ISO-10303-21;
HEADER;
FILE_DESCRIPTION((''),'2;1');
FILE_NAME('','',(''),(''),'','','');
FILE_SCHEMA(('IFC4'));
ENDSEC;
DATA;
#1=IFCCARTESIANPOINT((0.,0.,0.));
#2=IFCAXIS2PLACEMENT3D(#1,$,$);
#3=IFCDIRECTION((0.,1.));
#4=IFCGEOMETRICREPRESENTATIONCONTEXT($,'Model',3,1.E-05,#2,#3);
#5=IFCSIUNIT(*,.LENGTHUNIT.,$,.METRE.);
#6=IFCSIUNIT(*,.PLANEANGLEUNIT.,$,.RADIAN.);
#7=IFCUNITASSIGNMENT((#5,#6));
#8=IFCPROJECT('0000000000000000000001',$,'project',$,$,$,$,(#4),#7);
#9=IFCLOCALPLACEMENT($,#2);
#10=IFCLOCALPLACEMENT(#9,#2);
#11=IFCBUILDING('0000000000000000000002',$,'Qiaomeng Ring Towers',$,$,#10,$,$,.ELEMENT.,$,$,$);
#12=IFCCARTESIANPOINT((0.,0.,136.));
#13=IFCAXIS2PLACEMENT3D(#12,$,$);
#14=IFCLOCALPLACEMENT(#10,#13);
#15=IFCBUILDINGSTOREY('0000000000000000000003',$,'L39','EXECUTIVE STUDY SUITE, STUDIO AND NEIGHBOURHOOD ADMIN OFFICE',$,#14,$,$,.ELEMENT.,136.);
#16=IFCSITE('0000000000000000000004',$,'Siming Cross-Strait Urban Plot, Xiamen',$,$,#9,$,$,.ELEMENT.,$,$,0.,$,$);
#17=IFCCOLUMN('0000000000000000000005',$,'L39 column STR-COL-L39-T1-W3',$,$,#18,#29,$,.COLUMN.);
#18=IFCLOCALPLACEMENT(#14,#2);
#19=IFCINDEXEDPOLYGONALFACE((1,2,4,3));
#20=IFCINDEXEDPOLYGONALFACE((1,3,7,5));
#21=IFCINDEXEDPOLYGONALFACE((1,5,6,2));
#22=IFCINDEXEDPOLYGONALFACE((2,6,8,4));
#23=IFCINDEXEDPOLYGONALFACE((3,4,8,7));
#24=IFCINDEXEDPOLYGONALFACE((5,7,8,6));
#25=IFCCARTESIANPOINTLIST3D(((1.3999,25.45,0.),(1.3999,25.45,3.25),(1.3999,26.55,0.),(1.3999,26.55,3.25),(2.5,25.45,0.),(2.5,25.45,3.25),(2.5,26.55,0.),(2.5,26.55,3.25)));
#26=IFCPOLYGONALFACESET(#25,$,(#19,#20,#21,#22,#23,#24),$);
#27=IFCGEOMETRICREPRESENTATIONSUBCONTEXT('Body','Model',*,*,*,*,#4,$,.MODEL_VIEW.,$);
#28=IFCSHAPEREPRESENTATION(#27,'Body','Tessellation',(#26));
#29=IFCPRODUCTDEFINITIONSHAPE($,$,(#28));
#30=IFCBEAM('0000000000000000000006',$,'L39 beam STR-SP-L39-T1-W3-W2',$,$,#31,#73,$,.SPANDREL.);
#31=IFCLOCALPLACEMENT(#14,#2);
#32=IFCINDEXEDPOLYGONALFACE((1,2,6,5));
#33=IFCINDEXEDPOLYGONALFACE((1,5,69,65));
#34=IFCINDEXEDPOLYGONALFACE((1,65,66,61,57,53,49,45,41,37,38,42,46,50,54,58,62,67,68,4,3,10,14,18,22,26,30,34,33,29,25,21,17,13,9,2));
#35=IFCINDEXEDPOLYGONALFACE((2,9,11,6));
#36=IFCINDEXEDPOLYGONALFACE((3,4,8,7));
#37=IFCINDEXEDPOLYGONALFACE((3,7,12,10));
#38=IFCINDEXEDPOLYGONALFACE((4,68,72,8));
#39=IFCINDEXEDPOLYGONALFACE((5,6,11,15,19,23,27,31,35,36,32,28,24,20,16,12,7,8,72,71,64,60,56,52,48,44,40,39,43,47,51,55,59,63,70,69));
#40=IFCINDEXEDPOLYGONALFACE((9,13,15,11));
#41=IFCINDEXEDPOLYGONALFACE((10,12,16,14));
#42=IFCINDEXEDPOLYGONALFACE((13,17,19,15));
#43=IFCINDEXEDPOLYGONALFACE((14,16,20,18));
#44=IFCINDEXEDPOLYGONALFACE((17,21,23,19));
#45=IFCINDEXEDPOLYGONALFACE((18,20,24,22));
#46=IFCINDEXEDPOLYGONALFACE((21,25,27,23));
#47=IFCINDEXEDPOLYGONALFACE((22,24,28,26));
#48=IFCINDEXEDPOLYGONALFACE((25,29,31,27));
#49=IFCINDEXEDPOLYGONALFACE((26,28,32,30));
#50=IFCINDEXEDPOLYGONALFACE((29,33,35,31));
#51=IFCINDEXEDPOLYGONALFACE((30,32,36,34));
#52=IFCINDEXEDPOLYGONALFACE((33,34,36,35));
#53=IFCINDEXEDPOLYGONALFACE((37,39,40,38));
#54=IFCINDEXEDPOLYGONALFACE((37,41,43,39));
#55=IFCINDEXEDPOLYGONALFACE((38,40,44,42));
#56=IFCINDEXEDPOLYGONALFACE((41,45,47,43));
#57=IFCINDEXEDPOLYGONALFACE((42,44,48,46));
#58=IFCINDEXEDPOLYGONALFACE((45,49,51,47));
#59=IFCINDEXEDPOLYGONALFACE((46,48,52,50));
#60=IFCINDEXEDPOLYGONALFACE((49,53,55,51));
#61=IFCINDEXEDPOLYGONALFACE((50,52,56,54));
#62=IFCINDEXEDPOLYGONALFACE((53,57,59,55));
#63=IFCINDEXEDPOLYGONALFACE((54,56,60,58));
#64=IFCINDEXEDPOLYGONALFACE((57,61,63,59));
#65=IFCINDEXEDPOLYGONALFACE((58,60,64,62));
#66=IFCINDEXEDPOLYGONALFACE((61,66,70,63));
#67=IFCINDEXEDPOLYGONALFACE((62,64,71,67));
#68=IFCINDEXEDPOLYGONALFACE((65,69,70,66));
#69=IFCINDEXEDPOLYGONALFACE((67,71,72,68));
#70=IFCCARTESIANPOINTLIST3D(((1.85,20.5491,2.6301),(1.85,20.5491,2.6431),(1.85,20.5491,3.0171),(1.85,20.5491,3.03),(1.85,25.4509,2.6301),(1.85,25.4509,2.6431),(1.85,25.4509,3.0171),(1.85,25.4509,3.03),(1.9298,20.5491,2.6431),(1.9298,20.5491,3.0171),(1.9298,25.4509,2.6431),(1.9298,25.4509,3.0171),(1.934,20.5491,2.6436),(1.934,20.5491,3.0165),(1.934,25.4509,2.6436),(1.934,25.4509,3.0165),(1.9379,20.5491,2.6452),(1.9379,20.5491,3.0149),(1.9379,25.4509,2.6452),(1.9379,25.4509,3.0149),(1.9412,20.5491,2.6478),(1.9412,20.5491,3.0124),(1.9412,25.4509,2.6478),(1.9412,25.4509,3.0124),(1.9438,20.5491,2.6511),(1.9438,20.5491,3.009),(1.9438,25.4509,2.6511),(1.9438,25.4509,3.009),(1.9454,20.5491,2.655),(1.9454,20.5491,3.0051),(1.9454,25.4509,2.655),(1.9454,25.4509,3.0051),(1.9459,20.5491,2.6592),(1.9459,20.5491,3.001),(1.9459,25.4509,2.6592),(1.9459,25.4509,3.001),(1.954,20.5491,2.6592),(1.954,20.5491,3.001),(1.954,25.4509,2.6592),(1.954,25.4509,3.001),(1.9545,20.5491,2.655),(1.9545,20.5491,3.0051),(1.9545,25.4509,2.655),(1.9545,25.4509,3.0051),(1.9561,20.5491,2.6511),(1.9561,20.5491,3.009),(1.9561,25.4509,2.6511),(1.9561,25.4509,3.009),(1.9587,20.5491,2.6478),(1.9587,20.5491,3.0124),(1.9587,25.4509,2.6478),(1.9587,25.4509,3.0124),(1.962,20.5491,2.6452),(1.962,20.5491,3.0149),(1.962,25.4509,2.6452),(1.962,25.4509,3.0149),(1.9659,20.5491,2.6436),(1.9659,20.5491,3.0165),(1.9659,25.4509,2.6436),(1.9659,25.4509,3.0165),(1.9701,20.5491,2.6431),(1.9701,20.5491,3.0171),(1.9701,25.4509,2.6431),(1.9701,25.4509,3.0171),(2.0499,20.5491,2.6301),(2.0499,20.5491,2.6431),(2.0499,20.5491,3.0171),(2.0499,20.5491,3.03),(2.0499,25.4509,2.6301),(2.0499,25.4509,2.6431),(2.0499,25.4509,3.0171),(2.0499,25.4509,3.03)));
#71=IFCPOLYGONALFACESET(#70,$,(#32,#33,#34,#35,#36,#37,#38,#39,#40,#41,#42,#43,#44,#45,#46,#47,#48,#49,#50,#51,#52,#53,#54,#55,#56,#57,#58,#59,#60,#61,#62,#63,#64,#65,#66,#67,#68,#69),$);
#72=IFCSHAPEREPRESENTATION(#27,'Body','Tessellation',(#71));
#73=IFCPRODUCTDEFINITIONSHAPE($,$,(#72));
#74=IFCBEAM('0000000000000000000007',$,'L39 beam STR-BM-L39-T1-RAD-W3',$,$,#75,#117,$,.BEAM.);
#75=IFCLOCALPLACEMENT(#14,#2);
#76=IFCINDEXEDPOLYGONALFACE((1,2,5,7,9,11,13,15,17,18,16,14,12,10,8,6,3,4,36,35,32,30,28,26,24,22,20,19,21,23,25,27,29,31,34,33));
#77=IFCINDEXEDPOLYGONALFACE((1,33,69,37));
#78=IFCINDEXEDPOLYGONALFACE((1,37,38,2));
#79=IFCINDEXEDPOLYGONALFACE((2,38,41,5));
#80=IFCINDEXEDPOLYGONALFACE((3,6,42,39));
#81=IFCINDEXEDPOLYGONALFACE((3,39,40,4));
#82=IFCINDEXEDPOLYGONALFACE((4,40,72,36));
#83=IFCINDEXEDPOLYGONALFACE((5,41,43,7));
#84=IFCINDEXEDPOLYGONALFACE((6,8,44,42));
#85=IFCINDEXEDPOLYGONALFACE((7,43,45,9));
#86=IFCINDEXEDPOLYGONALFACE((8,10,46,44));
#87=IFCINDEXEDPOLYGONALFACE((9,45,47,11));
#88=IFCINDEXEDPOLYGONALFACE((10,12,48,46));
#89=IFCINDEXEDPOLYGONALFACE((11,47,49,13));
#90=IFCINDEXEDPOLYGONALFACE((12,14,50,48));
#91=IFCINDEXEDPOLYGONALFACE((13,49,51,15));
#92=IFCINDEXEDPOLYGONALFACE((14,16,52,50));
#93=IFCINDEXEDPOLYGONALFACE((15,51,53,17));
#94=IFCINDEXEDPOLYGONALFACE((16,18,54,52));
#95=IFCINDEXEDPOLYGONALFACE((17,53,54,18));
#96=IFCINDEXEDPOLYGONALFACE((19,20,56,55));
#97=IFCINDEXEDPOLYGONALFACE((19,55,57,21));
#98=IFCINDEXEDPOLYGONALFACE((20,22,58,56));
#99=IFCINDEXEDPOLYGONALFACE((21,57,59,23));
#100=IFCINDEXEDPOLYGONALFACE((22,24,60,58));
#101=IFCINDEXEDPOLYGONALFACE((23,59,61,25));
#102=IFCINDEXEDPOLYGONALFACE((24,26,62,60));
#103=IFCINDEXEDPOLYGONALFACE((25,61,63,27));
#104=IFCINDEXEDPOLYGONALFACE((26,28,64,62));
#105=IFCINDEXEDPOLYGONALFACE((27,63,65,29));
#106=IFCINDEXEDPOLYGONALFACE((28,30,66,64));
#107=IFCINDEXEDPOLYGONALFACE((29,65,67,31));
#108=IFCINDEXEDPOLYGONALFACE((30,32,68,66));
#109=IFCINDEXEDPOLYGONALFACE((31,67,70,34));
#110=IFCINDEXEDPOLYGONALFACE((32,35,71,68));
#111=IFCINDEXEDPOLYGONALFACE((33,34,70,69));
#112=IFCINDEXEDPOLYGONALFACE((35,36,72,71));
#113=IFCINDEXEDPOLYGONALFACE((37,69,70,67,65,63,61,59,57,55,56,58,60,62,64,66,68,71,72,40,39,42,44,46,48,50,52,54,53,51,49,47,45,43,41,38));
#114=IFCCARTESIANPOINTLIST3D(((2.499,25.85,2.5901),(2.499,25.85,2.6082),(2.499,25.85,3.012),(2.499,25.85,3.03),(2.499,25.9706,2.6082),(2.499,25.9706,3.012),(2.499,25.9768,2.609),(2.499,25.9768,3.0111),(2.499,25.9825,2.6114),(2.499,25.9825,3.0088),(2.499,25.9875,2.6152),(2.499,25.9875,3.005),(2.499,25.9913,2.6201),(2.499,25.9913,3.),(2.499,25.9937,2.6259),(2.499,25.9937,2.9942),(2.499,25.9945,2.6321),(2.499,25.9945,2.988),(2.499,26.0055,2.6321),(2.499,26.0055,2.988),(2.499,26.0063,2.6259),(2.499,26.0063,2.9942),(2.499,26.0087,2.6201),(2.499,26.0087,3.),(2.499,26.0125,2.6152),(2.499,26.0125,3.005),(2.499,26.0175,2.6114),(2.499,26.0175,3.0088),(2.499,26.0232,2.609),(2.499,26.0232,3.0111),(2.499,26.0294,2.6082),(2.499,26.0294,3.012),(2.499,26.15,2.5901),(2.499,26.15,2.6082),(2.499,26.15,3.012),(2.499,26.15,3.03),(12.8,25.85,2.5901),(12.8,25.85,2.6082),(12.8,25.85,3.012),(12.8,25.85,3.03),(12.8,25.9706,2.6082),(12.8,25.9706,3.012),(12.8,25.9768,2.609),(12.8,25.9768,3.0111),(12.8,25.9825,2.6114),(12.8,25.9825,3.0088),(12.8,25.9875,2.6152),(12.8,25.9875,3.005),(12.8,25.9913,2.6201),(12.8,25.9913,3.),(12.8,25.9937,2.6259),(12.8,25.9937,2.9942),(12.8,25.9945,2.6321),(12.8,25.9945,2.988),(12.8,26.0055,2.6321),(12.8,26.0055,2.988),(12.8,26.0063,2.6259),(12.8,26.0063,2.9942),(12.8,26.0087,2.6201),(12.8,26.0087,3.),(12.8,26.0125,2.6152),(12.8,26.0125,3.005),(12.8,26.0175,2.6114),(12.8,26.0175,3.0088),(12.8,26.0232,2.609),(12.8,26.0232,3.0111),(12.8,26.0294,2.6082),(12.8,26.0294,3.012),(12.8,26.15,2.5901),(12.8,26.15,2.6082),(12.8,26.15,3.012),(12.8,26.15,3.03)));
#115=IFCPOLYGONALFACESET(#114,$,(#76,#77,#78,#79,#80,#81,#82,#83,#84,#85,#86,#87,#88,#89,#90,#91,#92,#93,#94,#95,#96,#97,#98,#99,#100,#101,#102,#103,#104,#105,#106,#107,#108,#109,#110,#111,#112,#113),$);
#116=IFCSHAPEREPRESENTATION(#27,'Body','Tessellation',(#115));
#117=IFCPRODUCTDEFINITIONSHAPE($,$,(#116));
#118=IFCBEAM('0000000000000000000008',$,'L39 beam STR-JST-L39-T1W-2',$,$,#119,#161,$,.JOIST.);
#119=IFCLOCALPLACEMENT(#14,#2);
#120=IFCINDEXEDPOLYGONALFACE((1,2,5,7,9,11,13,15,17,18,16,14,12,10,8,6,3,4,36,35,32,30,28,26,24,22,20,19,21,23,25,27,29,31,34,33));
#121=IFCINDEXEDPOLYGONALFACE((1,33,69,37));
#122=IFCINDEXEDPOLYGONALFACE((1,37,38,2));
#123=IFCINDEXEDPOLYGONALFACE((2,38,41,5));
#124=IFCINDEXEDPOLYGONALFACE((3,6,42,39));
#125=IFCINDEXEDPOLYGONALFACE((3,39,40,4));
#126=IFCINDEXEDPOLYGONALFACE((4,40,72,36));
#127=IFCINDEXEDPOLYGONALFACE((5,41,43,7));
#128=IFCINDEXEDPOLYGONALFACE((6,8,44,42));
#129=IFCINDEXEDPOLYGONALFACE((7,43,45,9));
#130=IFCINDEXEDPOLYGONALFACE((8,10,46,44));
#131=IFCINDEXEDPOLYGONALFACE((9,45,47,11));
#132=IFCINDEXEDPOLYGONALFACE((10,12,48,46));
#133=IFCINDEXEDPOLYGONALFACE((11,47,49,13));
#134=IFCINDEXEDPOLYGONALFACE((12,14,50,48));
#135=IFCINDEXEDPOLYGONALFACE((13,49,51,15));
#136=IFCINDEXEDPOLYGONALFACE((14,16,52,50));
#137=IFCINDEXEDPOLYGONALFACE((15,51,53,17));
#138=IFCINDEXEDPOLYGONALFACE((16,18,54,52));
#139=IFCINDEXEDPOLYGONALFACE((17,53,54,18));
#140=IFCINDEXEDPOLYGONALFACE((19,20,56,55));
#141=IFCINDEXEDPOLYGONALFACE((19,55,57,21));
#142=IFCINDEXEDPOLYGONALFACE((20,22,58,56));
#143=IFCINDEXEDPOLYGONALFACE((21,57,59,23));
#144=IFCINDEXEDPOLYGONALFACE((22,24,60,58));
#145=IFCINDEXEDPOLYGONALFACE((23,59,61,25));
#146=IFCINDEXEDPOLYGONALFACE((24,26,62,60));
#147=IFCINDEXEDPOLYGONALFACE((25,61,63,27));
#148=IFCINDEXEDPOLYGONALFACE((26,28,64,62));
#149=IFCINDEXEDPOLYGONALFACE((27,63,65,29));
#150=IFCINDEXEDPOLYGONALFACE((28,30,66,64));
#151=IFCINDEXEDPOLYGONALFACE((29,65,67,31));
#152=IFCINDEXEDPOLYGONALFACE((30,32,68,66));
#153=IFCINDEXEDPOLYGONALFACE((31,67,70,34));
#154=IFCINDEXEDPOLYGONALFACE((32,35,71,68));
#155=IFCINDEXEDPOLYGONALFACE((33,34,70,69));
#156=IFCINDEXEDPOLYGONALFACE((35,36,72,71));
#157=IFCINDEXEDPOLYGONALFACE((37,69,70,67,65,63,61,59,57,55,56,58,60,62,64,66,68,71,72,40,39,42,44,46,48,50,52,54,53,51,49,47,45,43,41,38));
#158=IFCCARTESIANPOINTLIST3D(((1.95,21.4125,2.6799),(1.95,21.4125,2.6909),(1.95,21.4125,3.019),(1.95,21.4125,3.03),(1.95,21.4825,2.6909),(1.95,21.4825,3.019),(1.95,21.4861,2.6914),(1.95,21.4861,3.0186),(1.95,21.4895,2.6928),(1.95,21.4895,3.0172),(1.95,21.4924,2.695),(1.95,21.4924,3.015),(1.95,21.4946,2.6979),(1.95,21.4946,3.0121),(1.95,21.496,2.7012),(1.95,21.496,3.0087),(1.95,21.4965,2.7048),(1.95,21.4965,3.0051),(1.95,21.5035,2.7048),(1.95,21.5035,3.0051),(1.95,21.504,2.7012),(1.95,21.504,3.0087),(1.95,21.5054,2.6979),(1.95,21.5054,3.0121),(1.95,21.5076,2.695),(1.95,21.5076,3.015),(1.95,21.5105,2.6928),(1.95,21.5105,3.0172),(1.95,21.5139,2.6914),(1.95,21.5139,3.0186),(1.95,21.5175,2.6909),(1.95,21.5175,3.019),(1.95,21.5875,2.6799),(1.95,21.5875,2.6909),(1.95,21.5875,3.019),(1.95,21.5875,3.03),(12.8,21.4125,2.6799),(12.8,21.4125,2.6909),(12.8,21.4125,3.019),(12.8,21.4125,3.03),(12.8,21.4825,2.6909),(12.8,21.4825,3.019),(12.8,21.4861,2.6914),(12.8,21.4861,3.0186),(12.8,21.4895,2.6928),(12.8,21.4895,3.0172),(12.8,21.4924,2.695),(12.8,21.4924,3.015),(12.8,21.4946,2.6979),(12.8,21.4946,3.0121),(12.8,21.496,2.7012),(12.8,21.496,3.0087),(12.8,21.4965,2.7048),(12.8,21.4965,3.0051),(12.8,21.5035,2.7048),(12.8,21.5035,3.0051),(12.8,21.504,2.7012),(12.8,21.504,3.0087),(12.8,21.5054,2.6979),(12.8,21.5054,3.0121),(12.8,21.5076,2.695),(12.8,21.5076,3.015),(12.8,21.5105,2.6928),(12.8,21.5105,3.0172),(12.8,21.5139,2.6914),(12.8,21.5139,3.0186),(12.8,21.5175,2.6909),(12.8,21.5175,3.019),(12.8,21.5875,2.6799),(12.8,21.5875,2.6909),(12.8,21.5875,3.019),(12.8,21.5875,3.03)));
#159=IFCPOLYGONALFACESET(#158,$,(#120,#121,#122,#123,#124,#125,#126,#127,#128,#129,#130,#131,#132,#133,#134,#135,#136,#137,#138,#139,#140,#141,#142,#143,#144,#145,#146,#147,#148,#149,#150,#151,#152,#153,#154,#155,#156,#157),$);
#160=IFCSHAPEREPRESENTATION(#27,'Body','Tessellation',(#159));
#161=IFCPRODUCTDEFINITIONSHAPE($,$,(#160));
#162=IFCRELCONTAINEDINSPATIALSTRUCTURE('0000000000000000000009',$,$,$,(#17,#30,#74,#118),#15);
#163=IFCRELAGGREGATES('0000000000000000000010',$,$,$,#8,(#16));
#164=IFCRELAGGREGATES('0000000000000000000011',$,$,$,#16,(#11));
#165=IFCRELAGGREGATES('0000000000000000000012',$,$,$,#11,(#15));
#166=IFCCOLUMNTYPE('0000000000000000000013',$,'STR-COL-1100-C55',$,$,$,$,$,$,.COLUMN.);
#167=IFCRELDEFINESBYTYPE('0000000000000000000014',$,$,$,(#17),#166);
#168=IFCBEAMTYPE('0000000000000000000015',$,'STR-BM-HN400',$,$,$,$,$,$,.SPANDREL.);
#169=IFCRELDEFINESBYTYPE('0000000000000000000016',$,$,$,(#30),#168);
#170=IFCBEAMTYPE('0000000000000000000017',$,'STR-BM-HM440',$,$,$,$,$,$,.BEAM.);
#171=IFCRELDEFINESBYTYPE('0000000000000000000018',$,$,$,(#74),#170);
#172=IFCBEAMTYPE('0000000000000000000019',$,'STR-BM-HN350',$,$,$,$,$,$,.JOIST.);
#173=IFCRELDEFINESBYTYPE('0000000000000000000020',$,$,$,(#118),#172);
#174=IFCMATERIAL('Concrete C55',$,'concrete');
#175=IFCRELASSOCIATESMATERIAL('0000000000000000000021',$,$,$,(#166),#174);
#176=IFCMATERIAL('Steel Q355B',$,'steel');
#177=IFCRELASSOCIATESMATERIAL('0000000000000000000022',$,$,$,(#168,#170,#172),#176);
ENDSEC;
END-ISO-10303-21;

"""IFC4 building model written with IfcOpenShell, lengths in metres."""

from ifc_helpers import new_model, si_unit, direction, frame, origin, origin_2d, place, context, subcontext, project, spatial, rectangle, i_section, extrude, source, transform, mapped, material, material_profile, profile_set, type_object, element, save


model = new_model("IFC4")

# Units and contexts
model_context = context("Model", 3, precision=1e-05, world=origin(), true_north=direction((0.0, 1.0)))
body_context = subcontext(model_context, "Body", "Model", "MODEL_VIEW")
ifc_project = project(units=[si_unit("LENGTHUNIT", "METRE"), si_unit("PLANEANGLEUNIT", "RADIAN")], contexts=[model_context])

# Site, building, storey
site_placement = place(None, origin())
site = spatial("IfcSite", under=ifc_project, at=site_placement, Name="Siming Cross-Strait Urban Plot, Xiamen", CompositionType="ELEMENT", RefElevation=0.0)
building_placement = place(site_placement, origin())
building = spatial("IfcBuilding", under=site, at=building_placement, Name="Qiaomeng Ring Towers", CompositionType="ELEMENT")
storey_placement = place(building_placement, frame((0.0, 0.0, 136.0)))
storey = spatial("IfcBuildingStorey", under=building, at=storey_placement, Name="L39", Description="EXECUTIVE STUDY SUITE, STUDIO AND NEIGHBOURHOOD ADMIN OFFICE", CompositionType="ELEMENT", Elevation=136.0)

# Column
ifc_material_1 = material(Name="Concrete C55", Category="concrete")
ifc_material_profile_1 = material_profile(ifc_material_1, rectangle(XDim=1.1001, YDim=1.1001, at=origin_2d()), Name="RC COL 1100x1100")
ifc_profile_set_1 = profile_set([ifc_material_profile_1], Name="Concrete C55")
column_type = type_object("IfcColumnType", Name="STR-COL-1100-C55", PredefinedType="COLUMN", material=ifc_profile_set_1)
shared_shape_1 = source(origin(), body_context, "Body", "SweptSolid", [
    extrude(rectangle(XDim=1.1001, YDim=1.1001, at=origin_2d()), origin(), (0.0, 0.0, 1.0), 3.25),
])
column_placement = place(storey_placement, frame((1.95, 26.0, 0.0), z_axis=(0.0, 0.0, 1.0), x_axis=(1.0, 0.0, 0.0)))
element("IfcColumn", 1, at=column_placement, inside=storey, type_object=column_type, Name="L39 column STR-COL-L39-T1-W3", PredefinedType="COLUMN", context=body_context, shape_type="MappedRepresentation", body=[
    mapped(shared_shape_1, transform((0.0, 0.0, 0.0), x_axis=(1.0, 0.0, 0.0), y_axis=(0.0, 1.0, 0.0), z_axis=(0.0, 0.0, 1.0), scale=1.0)),
])

# Beams
ifc_material_2 = material(Name="Steel Q355B", Category="steel")
ifc_material_profile_2 = material_profile(ifc_material_2, i_section(OverallWidth=0.2, OverallDepth=0.3999, WebThickness=0.0081, FlangeThickness=0.0129, FilletRadius=0.0161, at=origin_2d()), Name="HN 400x200x8x13")
ifc_profile_set_2 = profile_set([ifc_material_profile_2], Name="Steel Q355B")
beam_type_1 = type_object("IfcBeamType", Name="STR-BM-HN400", PredefinedType="SPANDREL", material=ifc_profile_set_2)
shared_shape_2 = source(origin(), body_context, "Body", "SweptSolid", [
    extrude(i_section(OverallWidth=0.2, OverallDepth=0.3999, WebThickness=0.0081, FlangeThickness=0.0129, FilletRadius=0.0161, at=origin_2d()), origin(), (0.0, 0.0, 1.0), 4.9019),
])
beam_1_placement = place(storey_placement, frame((1.95, 25.4509, 2.8301), z_axis=(0.0, -1.0, 0.0), x_axis=(1.0, 0.0, 0.0)))
element("IfcBeam", 2, at=beam_1_placement, inside=storey, type_object=beam_type_1, Name="L39 beam STR-SP-L39-T1-W3-W2", PredefinedType="SPANDREL", context=body_context, shape_type="MappedRepresentation", body=[
    mapped(shared_shape_2, transform((0.0, 0.0, 0.0), x_axis=(1.0, 0.0, 0.0), y_axis=(0.0, 1.0, 0.0), z_axis=(0.0, 0.0, 1.0), scale=1.0)),
])
ifc_material_profile_3 = material_profile(ifc_material_2, i_section(OverallWidth=0.3, OverallDepth=0.4399, WebThickness=0.011, FlangeThickness=0.0181, FilletRadius=0.0239, at=origin_2d()), Name="HM 440x300x11x18")
ifc_profile_set_3 = profile_set([ifc_material_profile_3], Name="Steel Q355B")
beam_type_2 = type_object("IfcBeamType", Name="STR-BM-HM440", PredefinedType="BEAM", material=ifc_profile_set_3)
shared_shape_3 = source(origin(), body_context, "Body", "SweptSolid", [
    extrude(i_section(OverallWidth=0.3, OverallDepth=0.4399, WebThickness=0.011, FlangeThickness=0.0181, FilletRadius=0.0239, at=origin_2d()), origin(), (0.0, 0.0, 1.0), 10.301),
])
beam_2_placement = place(storey_placement, frame((2.499, 26.0, 2.8101), z_axis=(1.0, 0.0, 0.0), x_axis=(0.0, 1.0, 0.0)))
element("IfcBeam", 3, at=beam_2_placement, inside=storey, type_object=beam_type_2, Name="L39 beam STR-BM-L39-T1-RAD-W3", PredefinedType="BEAM", context=body_context, shape_type="MappedRepresentation", body=[
    mapped(shared_shape_3, transform((0.0, 0.0, 0.0), x_axis=(1.0, 0.0, 0.0), y_axis=(0.0, 1.0, 0.0), z_axis=(0.0, 0.0, 1.0), scale=1.0)),
])
ifc_material_profile_4 = material_profile(ifc_material_2, i_section(OverallWidth=0.175, OverallDepth=0.3501, WebThickness=0.0071, FlangeThickness=0.011, FilletRadius=0.0139, at=origin_2d()), Name="HN 350x175x7x11")
ifc_profile_set_4 = profile_set([ifc_material_profile_4], Name="Steel Q355B")
beam_type_3 = type_object("IfcBeamType", Name="STR-BM-HN350", PredefinedType="JOIST", material=ifc_profile_set_4)
shared_shape_4 = source(origin(), body_context, "Body", "SweptSolid", [
    extrude(i_section(OverallWidth=0.175, OverallDepth=0.3501, WebThickness=0.0071, FlangeThickness=0.011, FilletRadius=0.0139, at=origin_2d()), origin(), (0.0, 0.0, 1.0), 10.8501),
])
for number, where, z_axis, x_axis, name in (
    (4, (1.95, 21.5, 2.855), (1.0, 0.0, 0.0), (0.0, 1.0, 0.0), "L39 beam STR-JST-L39-T1W-2"),
):
    element("IfcBeam", number, at=place(storey_placement, frame(where, z_axis=z_axis, x_axis=x_axis)), inside=storey, type_object=beam_type_3, Name=name, PredefinedType="JOIST", context=body_context, shape_type="MappedRepresentation", body=[
        mapped(shared_shape_4, transform((0.0, 0.0, 0.0), x_axis=(1.0, 0.0, 0.0), y_axis=(0.0, 1.0, 0.0), z_axis=(0.0, 0.0, 1.0), scale=1.0)),
    ])

save(model, "model.ifc")
